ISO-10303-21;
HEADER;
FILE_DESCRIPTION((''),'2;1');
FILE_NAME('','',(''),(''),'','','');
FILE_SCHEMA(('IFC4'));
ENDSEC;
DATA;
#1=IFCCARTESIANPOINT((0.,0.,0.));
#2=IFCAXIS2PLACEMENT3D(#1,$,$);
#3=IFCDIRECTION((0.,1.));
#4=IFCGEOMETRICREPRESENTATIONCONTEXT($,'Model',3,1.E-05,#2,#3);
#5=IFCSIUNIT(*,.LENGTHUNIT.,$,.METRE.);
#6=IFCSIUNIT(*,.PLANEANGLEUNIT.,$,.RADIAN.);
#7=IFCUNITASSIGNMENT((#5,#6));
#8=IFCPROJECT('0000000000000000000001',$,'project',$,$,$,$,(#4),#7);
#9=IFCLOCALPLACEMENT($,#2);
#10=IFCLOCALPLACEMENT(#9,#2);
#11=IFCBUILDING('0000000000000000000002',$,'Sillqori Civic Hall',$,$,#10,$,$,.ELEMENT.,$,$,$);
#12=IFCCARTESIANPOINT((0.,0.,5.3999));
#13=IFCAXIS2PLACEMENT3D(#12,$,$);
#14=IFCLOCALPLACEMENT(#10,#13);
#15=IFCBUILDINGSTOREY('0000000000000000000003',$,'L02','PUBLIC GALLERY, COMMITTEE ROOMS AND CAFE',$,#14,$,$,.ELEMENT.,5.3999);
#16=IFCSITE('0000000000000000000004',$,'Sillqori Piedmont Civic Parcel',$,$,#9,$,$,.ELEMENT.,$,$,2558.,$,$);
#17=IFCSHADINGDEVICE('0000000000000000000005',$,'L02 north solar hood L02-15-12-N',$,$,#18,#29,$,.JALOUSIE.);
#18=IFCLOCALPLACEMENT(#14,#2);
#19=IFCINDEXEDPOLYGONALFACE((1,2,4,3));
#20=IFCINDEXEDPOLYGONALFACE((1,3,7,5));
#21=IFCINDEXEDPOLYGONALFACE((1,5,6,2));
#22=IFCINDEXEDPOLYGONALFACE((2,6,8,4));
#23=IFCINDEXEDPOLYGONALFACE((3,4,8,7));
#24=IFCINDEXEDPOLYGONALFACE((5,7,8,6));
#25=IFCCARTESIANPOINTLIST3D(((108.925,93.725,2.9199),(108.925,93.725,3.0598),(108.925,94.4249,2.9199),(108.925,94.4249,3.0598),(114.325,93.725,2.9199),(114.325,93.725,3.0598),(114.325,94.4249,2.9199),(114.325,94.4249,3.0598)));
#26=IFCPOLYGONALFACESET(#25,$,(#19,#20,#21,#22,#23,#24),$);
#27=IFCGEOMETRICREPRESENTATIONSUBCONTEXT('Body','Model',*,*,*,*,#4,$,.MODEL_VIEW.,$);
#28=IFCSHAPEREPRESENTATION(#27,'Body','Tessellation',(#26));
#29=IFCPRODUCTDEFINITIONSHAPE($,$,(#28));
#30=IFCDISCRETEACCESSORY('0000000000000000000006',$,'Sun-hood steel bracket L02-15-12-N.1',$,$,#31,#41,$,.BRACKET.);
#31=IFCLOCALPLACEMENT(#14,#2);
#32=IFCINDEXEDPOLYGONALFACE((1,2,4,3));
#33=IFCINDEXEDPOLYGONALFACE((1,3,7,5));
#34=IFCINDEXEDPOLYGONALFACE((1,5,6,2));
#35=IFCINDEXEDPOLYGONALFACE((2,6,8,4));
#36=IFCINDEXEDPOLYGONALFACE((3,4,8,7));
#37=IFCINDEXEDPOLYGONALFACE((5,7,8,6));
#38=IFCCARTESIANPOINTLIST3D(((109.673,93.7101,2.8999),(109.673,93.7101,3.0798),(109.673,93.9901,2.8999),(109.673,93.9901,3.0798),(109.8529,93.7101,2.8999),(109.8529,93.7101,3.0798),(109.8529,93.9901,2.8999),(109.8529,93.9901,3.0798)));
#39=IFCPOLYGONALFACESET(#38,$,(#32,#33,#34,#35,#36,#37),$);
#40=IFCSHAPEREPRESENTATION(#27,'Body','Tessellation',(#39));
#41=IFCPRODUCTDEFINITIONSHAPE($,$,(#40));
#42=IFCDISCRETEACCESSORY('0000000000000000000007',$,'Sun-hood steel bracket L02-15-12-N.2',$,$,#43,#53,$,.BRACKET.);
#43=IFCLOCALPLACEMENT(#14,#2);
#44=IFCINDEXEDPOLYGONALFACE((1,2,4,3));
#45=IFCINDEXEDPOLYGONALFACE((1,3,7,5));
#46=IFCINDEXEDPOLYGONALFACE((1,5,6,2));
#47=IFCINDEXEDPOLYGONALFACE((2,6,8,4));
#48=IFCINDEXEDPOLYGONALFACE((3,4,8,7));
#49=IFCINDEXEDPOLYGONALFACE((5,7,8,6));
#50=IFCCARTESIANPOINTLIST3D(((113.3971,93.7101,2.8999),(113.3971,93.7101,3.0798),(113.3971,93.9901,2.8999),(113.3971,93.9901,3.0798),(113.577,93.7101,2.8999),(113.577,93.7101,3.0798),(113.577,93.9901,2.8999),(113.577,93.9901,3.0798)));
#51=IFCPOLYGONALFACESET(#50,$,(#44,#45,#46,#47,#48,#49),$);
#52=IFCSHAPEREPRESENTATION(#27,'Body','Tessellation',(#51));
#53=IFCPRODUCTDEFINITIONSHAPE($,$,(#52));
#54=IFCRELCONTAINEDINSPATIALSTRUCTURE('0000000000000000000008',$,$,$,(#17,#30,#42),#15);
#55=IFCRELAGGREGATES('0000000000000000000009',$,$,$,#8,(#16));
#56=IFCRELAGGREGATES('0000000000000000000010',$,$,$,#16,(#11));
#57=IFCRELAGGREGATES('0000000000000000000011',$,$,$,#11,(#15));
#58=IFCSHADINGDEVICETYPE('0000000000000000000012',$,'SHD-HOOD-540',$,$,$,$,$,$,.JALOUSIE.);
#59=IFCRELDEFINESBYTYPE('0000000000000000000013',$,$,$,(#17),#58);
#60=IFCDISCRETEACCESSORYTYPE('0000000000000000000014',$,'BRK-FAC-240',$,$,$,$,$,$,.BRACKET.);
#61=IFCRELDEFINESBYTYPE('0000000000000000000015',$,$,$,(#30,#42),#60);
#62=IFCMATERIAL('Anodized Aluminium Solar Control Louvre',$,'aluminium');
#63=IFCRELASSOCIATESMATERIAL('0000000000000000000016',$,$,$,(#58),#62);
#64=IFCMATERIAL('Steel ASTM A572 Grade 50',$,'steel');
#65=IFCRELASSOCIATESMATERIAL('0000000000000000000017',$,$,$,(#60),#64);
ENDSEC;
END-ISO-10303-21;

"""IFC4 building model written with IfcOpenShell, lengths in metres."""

from ifc_helpers import new_model, si_unit, direction, frame, origin, origin_2d, place, context, subcontext, project, spatial, rectangle, extrude, material, type_object, element, save


model = new_model("IFC4")

# Units and contexts
model_context = context("Model", 3, precision=1e-05, world=origin(), true_north=direction((0.0, 1.0)))
body_context = subcontext(model_context, "Body", "Model", "MODEL_VIEW")
ifc_project = project(units=[si_unit("LENGTHUNIT", "METRE"), si_unit("PLANEANGLEUNIT", "RADIAN")], contexts=[model_context])

# Site, building, storey
site_placement = place(None, origin())
site = spatial("IfcSite", under=ifc_project, at=site_placement, Name="Sillqori Piedmont Civic Parcel", CompositionType="ELEMENT", RefElevation=2558.0)
building_placement = place(site_placement, origin())
building = spatial("IfcBuilding", under=site, at=building_placement, Name="Sillqori Civic Hall", CompositionType="ELEMENT")
storey_placement = place(building_placement, frame((0.0, 0.0, 5.3999)))
storey = spatial("IfcBuildingStorey", under=building, at=storey_placement, Name="L02", Description="PUBLIC GALLERY, COMMITTEE ROOMS AND CAFE", CompositionType="ELEMENT", Elevation=5.3999)

# Shading device
ifc_material_1 = material(Name="Anodized Aluminium Solar Control Louvre", Category="aluminium")
shading_device_type = type_object("IfcShadingDeviceType", Name="SHD-HOOD-540", PredefinedType="JALOUSIE", material=ifc_material_1)
shading_device_placement = place(storey_placement, frame((111.625, 94.075, 2.9199), z_axis=(0.0, 0.0, 1.0), x_axis=(1.0, 0.0, 0.0)))
element("IfcShadingDevice", 1, at=shading_device_placement, inside=storey, type_object=shading_device_type, Name="L02 north solar hood L02-15-12-N", PredefinedType="JALOUSIE", context=body_context, shape_type="SweptSolid", body=[
    extrude(rectangle(XDim=5.3999, YDim=0.7, at=origin_2d()), origin(), (0.0, 0.0, 1.0), 0.1399),
])

# Discrete accessories
ifc_material_2 = material(Name="Steel ASTM A572 Grade 50", Category="steel")
discrete_accessory_type = type_object("IfcDiscreteAccessoryType", Name="BRK-FAC-240", PredefinedType="BRACKET", material=ifc_material_2)
for number, where, z_axis, x_axis, name in (
    (2, (109.7629, 93.8501, 2.8999), (0.0, 0.0, 1.0), (1.0, 0.0, 0.0), "Sun-hood steel bracket L02-15-12-N.1"),
    (3, (113.4871, 93.8501, 2.8999), (0.0, 0.0, 1.0), (1.0, 0.0, 0.0), "Sun-hood steel bracket L02-15-12-N.2"),
):
    element("IfcDiscreteAccessory", number, at=place(storey_placement, frame(where, z_axis=z_axis, x_axis=x_axis)), inside=storey, type_object=discrete_accessory_type, Name=name, PredefinedType="BRACKET", context=body_context, shape_type="SweptSolid", body=[
        extrude(rectangle(XDim=0.1799, YDim=0.28, at=origin_2d()), origin(), (0.0, 0.0, 1.0), 0.1799),
    ])

save(model, "model.ifc")
